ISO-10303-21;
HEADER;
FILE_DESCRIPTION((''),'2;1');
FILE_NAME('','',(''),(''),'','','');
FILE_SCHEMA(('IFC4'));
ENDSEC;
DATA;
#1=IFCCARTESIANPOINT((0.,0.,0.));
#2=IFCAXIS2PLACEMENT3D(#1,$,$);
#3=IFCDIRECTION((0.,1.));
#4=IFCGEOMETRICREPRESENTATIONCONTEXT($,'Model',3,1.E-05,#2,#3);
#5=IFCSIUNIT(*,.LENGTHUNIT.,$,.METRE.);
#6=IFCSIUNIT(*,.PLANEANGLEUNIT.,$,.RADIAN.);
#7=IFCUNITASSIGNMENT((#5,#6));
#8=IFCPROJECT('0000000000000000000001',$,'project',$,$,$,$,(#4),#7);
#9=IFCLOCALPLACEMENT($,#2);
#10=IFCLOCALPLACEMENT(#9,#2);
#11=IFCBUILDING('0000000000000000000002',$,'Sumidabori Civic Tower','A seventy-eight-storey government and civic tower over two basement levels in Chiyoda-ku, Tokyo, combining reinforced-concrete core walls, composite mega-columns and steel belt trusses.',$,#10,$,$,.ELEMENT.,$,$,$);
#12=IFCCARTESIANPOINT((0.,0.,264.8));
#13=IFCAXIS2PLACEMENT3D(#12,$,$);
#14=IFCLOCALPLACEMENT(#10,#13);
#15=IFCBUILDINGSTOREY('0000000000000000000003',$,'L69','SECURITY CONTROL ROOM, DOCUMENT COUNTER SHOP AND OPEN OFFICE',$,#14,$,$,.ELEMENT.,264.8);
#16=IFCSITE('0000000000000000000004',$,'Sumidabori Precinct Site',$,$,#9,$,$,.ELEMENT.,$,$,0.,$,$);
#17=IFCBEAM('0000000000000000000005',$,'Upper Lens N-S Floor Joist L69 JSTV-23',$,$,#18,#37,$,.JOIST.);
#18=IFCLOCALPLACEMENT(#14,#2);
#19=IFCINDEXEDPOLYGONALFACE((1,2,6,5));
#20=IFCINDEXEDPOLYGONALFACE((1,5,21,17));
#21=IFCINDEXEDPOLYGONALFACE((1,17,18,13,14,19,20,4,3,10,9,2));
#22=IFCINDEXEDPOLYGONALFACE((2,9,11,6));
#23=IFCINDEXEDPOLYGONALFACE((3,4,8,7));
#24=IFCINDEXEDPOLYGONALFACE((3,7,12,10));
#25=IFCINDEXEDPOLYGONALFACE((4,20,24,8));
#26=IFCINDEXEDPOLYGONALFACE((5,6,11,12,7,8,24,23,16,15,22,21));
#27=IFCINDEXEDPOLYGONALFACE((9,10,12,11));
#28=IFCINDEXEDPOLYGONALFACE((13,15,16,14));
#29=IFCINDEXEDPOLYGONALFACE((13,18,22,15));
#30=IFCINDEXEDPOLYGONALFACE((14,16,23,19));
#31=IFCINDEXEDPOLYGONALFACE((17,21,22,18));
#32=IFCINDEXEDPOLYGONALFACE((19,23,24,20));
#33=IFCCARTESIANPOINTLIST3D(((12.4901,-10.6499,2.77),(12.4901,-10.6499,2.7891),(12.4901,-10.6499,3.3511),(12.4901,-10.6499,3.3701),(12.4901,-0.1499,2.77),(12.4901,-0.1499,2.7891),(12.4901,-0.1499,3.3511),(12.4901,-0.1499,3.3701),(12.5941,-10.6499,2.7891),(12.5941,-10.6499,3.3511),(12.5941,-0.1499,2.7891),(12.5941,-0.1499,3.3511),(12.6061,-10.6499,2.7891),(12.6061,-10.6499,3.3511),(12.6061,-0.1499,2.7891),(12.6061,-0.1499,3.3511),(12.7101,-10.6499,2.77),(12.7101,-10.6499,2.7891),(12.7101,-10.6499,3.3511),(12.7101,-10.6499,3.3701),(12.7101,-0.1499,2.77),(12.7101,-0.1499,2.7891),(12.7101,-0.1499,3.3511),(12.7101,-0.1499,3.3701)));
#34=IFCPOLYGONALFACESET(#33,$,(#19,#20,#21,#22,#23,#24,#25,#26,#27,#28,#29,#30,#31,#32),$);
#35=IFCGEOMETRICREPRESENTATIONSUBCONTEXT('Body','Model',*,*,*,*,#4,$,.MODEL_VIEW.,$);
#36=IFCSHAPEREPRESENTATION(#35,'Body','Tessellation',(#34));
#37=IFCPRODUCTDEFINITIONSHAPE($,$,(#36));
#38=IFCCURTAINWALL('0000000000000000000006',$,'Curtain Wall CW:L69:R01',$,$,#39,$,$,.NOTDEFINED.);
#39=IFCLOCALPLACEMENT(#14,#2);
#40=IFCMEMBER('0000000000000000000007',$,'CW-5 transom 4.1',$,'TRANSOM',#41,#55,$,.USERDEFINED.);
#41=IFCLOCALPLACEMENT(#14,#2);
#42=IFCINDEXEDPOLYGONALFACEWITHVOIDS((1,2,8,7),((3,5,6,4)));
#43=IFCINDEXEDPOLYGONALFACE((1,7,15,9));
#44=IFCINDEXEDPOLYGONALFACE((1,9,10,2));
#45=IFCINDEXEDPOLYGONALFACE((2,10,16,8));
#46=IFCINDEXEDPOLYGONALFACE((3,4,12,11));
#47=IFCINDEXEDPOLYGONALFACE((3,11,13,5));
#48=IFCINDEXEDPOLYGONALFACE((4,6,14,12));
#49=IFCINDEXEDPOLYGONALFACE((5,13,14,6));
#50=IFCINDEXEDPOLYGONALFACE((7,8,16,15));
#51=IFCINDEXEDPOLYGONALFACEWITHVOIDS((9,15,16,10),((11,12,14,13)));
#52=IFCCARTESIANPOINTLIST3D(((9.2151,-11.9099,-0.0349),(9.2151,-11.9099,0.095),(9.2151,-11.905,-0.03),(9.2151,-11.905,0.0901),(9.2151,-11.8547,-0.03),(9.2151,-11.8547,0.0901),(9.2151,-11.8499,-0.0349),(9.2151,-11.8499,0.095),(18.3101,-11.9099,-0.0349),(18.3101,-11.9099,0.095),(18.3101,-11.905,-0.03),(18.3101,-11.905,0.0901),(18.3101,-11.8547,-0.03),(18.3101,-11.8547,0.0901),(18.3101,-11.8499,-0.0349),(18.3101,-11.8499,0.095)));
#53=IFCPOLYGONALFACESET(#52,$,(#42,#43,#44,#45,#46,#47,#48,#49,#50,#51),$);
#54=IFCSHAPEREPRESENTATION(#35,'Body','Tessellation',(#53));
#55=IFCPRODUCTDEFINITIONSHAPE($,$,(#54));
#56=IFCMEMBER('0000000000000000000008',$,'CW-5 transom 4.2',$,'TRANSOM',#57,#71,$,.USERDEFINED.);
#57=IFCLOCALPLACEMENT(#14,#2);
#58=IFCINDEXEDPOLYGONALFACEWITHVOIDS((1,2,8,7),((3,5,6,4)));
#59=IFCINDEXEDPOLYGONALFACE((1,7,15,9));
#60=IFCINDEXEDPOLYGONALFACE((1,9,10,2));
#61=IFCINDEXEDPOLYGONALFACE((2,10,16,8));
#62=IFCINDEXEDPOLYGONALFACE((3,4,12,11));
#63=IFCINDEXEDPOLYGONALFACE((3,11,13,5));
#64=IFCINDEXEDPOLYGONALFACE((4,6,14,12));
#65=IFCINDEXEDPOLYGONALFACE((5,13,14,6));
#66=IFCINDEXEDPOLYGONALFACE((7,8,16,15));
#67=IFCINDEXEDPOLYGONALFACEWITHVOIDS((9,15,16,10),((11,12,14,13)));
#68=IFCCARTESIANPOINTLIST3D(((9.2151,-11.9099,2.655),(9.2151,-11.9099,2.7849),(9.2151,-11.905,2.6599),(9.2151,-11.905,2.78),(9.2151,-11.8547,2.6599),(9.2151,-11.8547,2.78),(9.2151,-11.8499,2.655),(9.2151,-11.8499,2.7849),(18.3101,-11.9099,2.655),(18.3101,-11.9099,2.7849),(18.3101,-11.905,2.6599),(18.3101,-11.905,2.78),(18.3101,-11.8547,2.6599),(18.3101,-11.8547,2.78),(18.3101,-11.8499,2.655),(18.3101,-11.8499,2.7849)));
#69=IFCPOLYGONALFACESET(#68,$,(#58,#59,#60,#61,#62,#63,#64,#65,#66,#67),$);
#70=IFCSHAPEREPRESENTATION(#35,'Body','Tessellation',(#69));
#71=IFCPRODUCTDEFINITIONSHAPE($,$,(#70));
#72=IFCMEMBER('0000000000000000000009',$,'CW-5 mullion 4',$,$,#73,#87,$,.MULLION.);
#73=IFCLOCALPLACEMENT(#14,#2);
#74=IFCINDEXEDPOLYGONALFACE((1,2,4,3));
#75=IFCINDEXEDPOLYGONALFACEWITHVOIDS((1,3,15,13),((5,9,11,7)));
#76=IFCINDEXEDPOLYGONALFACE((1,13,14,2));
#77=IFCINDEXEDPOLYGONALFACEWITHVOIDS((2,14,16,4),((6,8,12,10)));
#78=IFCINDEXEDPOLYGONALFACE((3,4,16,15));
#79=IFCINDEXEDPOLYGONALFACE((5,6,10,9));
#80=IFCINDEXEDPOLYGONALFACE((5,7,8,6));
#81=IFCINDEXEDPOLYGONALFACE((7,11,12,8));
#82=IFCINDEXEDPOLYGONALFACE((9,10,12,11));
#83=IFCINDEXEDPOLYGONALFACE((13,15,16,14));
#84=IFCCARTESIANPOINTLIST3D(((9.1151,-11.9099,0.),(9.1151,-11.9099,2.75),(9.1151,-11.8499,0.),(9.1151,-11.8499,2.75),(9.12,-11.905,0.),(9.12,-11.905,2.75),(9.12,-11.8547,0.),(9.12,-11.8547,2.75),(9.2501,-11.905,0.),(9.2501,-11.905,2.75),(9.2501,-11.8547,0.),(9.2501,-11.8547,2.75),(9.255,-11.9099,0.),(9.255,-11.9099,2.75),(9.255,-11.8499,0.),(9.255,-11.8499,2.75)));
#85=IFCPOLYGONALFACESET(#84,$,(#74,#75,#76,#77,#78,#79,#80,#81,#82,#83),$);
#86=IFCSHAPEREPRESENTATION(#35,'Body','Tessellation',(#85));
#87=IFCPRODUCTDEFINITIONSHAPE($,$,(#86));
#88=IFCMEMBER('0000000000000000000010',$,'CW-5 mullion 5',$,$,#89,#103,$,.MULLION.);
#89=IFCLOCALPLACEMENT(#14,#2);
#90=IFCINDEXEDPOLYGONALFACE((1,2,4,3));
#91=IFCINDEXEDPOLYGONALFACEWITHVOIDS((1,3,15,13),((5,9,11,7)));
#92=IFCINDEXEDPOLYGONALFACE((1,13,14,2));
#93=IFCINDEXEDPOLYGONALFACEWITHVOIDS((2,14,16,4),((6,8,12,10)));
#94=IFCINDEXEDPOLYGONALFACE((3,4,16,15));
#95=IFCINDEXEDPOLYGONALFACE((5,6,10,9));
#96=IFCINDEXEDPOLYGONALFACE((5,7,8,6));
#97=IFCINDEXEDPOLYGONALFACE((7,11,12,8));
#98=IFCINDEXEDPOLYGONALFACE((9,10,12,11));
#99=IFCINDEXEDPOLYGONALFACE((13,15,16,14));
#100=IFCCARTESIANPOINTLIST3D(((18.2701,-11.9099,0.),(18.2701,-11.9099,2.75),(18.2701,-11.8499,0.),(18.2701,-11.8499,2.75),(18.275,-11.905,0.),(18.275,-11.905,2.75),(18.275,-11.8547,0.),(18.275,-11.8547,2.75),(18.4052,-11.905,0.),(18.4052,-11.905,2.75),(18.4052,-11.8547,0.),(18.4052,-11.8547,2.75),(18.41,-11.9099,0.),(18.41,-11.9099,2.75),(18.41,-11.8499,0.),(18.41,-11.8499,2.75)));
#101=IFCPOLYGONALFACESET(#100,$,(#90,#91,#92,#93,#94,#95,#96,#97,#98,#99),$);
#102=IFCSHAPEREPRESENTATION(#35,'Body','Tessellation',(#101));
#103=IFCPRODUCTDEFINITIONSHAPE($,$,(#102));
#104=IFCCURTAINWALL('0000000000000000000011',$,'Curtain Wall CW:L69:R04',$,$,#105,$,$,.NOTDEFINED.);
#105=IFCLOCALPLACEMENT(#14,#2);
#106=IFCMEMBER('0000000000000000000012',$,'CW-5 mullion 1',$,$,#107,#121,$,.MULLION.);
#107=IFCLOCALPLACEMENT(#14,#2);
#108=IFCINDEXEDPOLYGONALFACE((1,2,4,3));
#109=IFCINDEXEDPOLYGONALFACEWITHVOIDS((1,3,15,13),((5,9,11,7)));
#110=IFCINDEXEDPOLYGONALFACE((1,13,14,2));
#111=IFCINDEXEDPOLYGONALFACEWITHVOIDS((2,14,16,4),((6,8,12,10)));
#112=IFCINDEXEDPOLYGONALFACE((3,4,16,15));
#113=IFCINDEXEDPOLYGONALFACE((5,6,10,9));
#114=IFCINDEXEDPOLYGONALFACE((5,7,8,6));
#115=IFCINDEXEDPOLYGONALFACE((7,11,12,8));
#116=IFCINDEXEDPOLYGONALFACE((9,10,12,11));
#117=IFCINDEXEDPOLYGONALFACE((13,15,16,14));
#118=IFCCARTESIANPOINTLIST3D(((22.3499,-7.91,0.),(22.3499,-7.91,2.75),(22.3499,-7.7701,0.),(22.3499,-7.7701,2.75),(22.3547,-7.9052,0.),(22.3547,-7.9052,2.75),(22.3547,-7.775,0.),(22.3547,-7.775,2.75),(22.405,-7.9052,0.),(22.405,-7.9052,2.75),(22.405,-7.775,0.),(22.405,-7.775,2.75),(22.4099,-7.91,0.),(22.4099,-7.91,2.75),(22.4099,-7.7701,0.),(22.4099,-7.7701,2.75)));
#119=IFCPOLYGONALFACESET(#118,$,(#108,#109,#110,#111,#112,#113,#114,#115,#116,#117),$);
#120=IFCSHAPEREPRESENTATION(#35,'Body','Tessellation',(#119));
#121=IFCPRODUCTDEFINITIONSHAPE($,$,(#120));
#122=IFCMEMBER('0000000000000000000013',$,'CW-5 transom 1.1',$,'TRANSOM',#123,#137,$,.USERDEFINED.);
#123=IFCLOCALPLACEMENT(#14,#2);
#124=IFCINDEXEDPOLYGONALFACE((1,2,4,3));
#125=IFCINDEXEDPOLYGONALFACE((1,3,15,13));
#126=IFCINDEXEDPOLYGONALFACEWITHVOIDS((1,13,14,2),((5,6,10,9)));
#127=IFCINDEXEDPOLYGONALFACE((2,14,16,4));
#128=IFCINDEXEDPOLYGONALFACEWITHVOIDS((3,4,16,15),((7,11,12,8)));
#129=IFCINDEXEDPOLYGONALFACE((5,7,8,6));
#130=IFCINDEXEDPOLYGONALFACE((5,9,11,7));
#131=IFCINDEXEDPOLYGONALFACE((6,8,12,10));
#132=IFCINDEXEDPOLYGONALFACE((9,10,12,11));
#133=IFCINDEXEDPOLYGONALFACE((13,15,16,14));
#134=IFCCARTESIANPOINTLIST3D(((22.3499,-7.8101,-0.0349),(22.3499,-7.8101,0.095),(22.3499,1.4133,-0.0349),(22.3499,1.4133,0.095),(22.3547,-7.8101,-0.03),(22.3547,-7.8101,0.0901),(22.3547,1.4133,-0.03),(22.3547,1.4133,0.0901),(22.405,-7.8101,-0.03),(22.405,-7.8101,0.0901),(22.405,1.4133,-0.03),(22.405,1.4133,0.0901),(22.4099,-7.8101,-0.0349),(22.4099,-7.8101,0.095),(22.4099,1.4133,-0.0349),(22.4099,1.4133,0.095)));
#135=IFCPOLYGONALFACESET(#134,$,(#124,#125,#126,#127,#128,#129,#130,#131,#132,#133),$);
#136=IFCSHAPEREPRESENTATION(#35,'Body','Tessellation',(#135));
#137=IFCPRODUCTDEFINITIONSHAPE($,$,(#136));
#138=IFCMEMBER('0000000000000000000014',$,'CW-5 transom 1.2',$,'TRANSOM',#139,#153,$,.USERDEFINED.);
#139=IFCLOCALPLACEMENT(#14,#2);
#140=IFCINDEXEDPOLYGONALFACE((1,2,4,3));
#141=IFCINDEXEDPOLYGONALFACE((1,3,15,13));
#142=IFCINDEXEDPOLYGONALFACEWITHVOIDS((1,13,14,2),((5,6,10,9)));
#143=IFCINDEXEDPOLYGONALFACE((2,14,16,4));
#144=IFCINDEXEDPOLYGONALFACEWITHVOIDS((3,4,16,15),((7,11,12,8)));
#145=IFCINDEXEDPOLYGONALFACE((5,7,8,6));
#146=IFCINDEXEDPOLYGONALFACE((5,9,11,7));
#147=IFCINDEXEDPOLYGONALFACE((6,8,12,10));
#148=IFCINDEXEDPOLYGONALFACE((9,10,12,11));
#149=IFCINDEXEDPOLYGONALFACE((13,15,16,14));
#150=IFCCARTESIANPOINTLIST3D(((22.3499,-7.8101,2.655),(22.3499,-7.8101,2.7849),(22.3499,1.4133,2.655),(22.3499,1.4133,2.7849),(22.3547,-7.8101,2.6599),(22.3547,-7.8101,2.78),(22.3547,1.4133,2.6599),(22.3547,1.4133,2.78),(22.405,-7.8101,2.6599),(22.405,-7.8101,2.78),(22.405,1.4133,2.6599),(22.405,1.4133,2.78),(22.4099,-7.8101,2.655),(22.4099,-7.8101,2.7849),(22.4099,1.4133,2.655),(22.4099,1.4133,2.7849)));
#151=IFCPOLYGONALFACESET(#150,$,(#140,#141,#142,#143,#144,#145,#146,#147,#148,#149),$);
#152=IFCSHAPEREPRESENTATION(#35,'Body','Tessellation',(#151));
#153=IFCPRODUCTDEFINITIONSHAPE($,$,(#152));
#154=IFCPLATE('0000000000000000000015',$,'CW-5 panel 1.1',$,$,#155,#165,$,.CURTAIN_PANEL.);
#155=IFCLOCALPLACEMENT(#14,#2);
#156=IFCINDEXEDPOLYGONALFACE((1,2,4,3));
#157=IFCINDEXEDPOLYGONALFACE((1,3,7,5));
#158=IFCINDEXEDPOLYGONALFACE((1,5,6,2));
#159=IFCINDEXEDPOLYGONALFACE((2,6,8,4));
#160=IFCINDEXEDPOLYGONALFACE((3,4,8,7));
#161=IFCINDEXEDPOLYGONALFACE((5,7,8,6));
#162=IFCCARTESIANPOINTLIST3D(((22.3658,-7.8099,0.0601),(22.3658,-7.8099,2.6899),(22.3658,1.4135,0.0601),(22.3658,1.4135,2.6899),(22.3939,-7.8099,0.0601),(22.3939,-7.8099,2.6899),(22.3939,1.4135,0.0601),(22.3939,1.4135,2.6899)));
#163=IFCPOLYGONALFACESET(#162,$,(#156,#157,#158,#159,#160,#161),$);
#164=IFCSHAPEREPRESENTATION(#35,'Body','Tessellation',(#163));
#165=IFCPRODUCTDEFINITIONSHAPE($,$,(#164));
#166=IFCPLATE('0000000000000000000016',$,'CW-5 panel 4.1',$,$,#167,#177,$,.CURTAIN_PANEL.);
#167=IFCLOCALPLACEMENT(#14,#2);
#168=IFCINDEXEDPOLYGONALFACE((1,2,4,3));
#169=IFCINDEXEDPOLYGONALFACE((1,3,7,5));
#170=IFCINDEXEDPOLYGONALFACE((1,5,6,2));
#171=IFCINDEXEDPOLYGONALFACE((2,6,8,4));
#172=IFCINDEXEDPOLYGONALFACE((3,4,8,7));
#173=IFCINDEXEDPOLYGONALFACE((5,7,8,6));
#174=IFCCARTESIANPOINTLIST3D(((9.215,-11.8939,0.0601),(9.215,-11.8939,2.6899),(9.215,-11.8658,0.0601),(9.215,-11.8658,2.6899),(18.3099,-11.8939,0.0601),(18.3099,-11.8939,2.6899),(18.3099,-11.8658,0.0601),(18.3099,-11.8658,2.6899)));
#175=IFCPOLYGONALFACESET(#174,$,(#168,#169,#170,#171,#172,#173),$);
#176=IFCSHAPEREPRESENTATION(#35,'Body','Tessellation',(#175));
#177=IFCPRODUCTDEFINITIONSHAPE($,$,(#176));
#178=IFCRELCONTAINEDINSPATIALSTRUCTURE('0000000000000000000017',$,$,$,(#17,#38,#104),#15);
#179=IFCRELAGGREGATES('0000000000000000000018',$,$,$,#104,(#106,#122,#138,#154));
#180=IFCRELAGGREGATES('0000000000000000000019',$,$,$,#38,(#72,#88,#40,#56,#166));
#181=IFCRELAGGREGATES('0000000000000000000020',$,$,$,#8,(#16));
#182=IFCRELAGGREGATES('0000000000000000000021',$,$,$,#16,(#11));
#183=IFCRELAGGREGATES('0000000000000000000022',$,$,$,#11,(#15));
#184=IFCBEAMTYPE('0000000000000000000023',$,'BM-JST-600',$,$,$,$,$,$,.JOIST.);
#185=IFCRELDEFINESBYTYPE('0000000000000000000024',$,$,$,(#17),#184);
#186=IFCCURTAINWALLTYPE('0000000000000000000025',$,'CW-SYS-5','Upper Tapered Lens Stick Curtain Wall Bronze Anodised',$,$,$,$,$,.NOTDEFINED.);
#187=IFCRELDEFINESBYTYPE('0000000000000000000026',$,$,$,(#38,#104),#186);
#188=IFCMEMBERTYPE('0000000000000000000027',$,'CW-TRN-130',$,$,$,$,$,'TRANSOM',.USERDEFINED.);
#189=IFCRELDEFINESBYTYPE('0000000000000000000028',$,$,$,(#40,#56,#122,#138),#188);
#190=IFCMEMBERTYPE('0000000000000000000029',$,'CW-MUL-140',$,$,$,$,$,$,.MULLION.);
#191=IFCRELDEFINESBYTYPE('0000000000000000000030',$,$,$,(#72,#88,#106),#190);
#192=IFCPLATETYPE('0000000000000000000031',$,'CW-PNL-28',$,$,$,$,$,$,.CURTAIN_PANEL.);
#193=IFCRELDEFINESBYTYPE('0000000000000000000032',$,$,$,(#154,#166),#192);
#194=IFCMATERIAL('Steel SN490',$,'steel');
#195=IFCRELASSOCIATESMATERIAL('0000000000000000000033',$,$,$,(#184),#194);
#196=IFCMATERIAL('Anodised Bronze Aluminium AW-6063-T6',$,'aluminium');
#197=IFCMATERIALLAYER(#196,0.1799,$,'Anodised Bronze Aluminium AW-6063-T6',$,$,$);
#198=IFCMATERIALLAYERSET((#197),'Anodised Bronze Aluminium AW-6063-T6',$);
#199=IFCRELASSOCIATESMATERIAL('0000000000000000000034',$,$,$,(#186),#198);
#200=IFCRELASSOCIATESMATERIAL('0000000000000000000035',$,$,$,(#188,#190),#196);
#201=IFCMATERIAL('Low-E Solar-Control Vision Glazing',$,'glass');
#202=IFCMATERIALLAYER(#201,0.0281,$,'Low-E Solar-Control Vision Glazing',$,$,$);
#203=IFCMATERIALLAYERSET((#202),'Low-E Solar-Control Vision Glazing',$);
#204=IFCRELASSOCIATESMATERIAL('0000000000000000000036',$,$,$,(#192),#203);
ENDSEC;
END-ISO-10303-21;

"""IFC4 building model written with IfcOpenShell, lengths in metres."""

from ifc_helpers import new_model, si_unit, direction, frame, origin, origin_2d, place, context, subcontext, project, spatial, rectangle, hollow_rectangle, i_section, extrude, source, transform, mapped, material, layer, layer_set, material_profile, profile_set, type_object, element, aggregate, save


model = new_model("IFC4")

# Units and contexts
model_context = context("Model", 3, precision=1e-05, world=origin(), true_north=direction((0.0, 1.0)))
body_context = subcontext(model_context, "Body", "Model", "MODEL_VIEW")
ifc_project = project(units=[si_unit("LENGTHUNIT", "METRE"), si_unit("PLANEANGLEUNIT", "RADIAN")], contexts=[model_context])

# Site, building, storey
site_placement = place(None, origin())
site = spatial("IfcSite", under=ifc_project, at=site_placement, Name="Sumidabori Precinct Site", CompositionType="ELEMENT", RefElevation=0.0)
building_placement = place(site_placement, origin())
building = spatial("IfcBuilding", under=site, at=building_placement, Name="Sumidabori Civic Tower", Description="A seventy-eight-storey government and civic tower over two basement levels in Chiyoda-ku, Tokyo, combining reinforced-concrete core walls, composite mega-columns and steel belt trusses.", CompositionType="ELEMENT")
storey_placement = place(building_placement, frame((0.0, 0.0, 264.8)))
storey = spatial("IfcBuildingStorey", under=building, at=storey_placement, Name="L69", Description="SECURITY CONTROL ROOM, DOCUMENT COUNTER SHOP AND OPEN OFFICE", CompositionType="ELEMENT", Elevation=264.8)

# Beam
ifc_material_1 = material(Name="Steel SN490", Category="steel")
ifc_material_profile_1 = material_profile(ifc_material_1, i_section(OverallWidth=0.22, OverallDepth=0.6001, WebThickness=0.012, FlangeThickness=0.019, at=origin_2d()), Name="IPE 600")
ifc_profile_set_1 = profile_set([ifc_material_profile_1], Name="Steel SN490")
beam_type_1 = type_object("IfcBeamType", Name="BM-JST-600", PredefinedType="JOIST", material=ifc_profile_set_1)
shared_shape_1 = source(origin(), body_context, "Body", "SweptSolid", [
    extrude(i_section(OverallWidth=0.22, OverallDepth=0.6001, WebThickness=0.012, FlangeThickness=0.019, at=origin_2d()), origin(), (0.0, 0.0, 1.0), 10.5),
])
beam_1_placement = place(storey_placement, frame((12.6001, -10.6499, 3.0701), z_axis=(0.0, 1.0, 0.0), x_axis=(-1.0, 0.0, 0.0)))
element("IfcBeam", 1, at=beam_1_placement, inside=storey, type_object=beam_type_1, Name="Upper Lens N-S Floor Joist L69 JSTV-23", PredefinedType="JOIST", context=body_context, shape_type="MappedRepresentation", body=[
    mapped(shared_shape_1, transform((0.0, 0.0, 0.0), x_axis=(1.0, 0.0, 0.0), y_axis=(0.0, 1.0, 0.0), z_axis=(0.0, 0.0, 1.0), scale=1.0)),
])

# Curtain wall, members
ifc_material_2 = material(Name="Anodised Bronze Aluminium AW-6063-T6", Category="aluminium")
ifc_layer_1 = layer(ifc_material_2, 0.1799, Name="Anodised Bronze Aluminium AW-6063-T6")
ifc_layer_set_1 = layer_set([ifc_layer_1], Name="Anodised Bronze Aluminium AW-6063-T6")
curtain_wall_type = type_object("IfcCurtainWallType", Name="CW-SYS-5", Description="Upper Tapered Lens Stick Curtain Wall Bronze Anodised", PredefinedType="NOTDEFINED", material=ifc_layer_set_1)
curtain_wall_1_placement = place(storey_placement, origin())
curtain_wall_1 = element("IfcCurtainWall", 2, at=curtain_wall_1_placement, inside=storey, type_object=curtain_wall_type, Name="Curtain Wall CW:L69:R01", PredefinedType="NOTDEFINED")
ifc_material_profile_2 = material_profile(ifc_material_2, hollow_rectangle(XDim=0.0601, YDim=0.1299, WallThickness=0.0049, at=origin_2d()), Name="ALU TRANSOM 130x60")
ifc_profile_set_2 = profile_set([ifc_material_profile_2], Name="Anodised Bronze Aluminium AW-6063-T6")
member_type_1 = type_object("IfcMemberType", Name="CW-TRN-130", ElementType="TRANSOM", PredefinedType="USERDEFINED", material=ifc_profile_set_2)
shared_shape_2 = source(origin(), body_context, "Body", "SweptSolid", [
    extrude(hollow_rectangle(XDim=0.0601, YDim=0.1299, WallThickness=0.0049, at=origin_2d()), origin(), (0.0, 0.0, 1.0), 9.095),
])
member_1_placement = place(storey_placement, frame((9.2151, -11.8799, 0.03), z_axis=(1.0, 0.0, 0.0), x_axis=(0.0, 1.0, 0.0)))
member_1 = element("IfcMember", 3, at=member_1_placement, type_object=member_type_1, Name="CW-5 transom 4.1", ObjectType="TRANSOM", PredefinedType="USERDEFINED", context=body_context, shape_type="MappedRepresentation", body=[
    mapped(shared_shape_2, transform((0.0, 0.0, 0.0), x_axis=(1.0, 0.0, 0.0), y_axis=(0.0, 1.0, 0.0), z_axis=(0.0, 0.0, 1.0), scale=1.0)),
])
member_2_placement = place(storey_placement, frame((9.2151, -11.8799, 2.72), z_axis=(1.0, 0.0, 0.0), x_axis=(0.0, 1.0, 0.0)))
member_2 = element("IfcMember", 4, at=member_2_placement, type_object=member_type_1, Name="CW-5 transom 4.2", ObjectType="TRANSOM", PredefinedType="USERDEFINED", context=body_context, shape_type="MappedRepresentation", body=[
    mapped(shared_shape_2, transform((0.0, 0.0, 0.0), x_axis=(1.0, 0.0, 0.0), y_axis=(0.0, 1.0, 0.0), z_axis=(0.0, 0.0, 1.0), scale=1.0)),
])
ifc_material_profile_3 = material_profile(ifc_material_2, hollow_rectangle(XDim=0.0601, YDim=0.1399, WallThickness=0.0049, at=origin_2d()), Name="ALU MULLION 140x60")
ifc_profile_set_3 = profile_set([ifc_material_profile_3], Name="Anodised Bronze Aluminium AW-6063-T6")
member_type_2 = type_object("IfcMemberType", Name="CW-MUL-140", PredefinedType="MULLION", material=ifc_profile_set_3)
shared_shape_3 = source(origin(), body_context, "Body", "SweptSolid", [
    extrude(hollow_rectangle(XDim=0.0601, YDim=0.1399, WallThickness=0.0049, at=origin_2d()), origin(), (0.0, 0.0, 1.0), 2.75),
])
member_3_placement = place(storey_placement, frame((9.1851, -11.8799, 0.0), z_axis=(0.0, 0.0, 1.0), x_axis=(0.0, 1.0, 0.0)))
member_3 = element("IfcMember", 5, at=member_3_placement, type_object=member_type_2, Name="CW-5 mullion 4", PredefinedType="MULLION", context=body_context, shape_type="MappedRepresentation", body=[
    mapped(shared_shape_3, transform((0.0, 0.0, 0.0), x_axis=(1.0, 0.0, 0.0), y_axis=(0.0, 1.0, 0.0), z_axis=(0.0, 0.0, 1.0), scale=1.0)),
])
member_4_placement = place(storey_placement, frame((18.3401, -11.8799, 0.0), z_axis=(0.0, 0.0, 1.0), x_axis=(0.0, 1.0, 0.0)))
member_4 = element("IfcMember", 6, at=member_4_placement, type_object=member_type_2, Name="CW-5 mullion 5", PredefinedType="MULLION", context=body_context, shape_type="MappedRepresentation", body=[
    mapped(shared_shape_3, transform((0.0, 0.0, 0.0), x_axis=(1.0, 0.0, 0.0), y_axis=(0.0, 1.0, 0.0), z_axis=(0.0, 0.0, 1.0), scale=1.0)),
])

# Curtain wall, members, plate
curtain_wall_2_placement = place(storey_placement, origin())
curtain_wall_2 = element("IfcCurtainWall", 7, at=curtain_wall_2_placement, inside=storey, type_object=curtain_wall_type, Name="Curtain Wall CW:L69:R04", PredefinedType="NOTDEFINED")
member_5_placement = place(storey_placement, frame((22.3799, -7.8401, 0.0), z_axis=(0.0, 0.0, 1.0), x_axis=(-1.0, 0.0, 0.0)))
member_5 = element("IfcMember", 8, at=member_5_placement, type_object=member_type_2, Name="CW-5 mullion 1", PredefinedType="MULLION", context=body_context, shape_type="MappedRepresentation", body=[
    mapped(shared_shape_3, transform((0.0, 0.0, 0.0), x_axis=(1.0, 0.0, 0.0), y_axis=(0.0, 1.0, 0.0), z_axis=(0.0, 0.0, 1.0), scale=1.0)),
])
shared_shape_4 = source(origin(), body_context, "Body", "SweptSolid", [
    extrude(hollow_rectangle(XDim=0.0601, YDim=0.1299, WallThickness=0.0049, at=origin_2d()), origin(), (0.0, 0.0, 1.0), 9.2234),
])
member_6_placement = place(storey_placement, frame((22.3799, -7.8101, 0.03), z_axis=(0.0, 1.0, 0.0), x_axis=(-1.0, 0.0, 0.0)))
member_6 = element("IfcMember", 9, at=member_6_placement, type_object=member_type_1, Name="CW-5 transom 1.1", ObjectType="TRANSOM", PredefinedType="USERDEFINED", context=body_context, shape_type="MappedRepresentation", body=[
    mapped(shared_shape_4, transform((0.0, 0.0, 0.0), x_axis=(1.0, 0.0, 0.0), y_axis=(0.0, 1.0, 0.0), z_axis=(0.0, 0.0, 1.0), scale=1.0)),
])
member_7_placement = place(storey_placement, frame((22.3799, -7.8101, 2.72), z_axis=(0.0, 1.0, 0.0), x_axis=(-1.0, 0.0, 0.0)))
member_7 = element("IfcMember", 10, at=member_7_placement, type_object=member_type_1, Name="CW-5 transom 1.2", ObjectType="TRANSOM", PredefinedType="USERDEFINED", context=body_context, shape_type="MappedRepresentation", body=[
    mapped(shared_shape_4, transform((0.0, 0.0, 0.0), x_axis=(1.0, 0.0, 0.0), y_axis=(0.0, 1.0, 0.0), z_axis=(0.0, 0.0, 1.0), scale=1.0)),
])
ifc_material_3 = material(Name="Low-E Solar-Control Vision Glazing", Category="glass")
ifc_layer_2 = layer(ifc_material_3, 0.0281, Name="Low-E Solar-Control Vision Glazing")
ifc_layer_set_2 = layer_set([ifc_layer_2], Name="Low-E Solar-Control Vision Glazing")
plate_type = type_object("IfcPlateType", Name="CW-PNL-28", PredefinedType="CURTAIN_PANEL", material=ifc_layer_set_2)
shared_shape_5 = source(origin(), body_context, "Body", "SweptSolid", [
    extrude(rectangle(XDim=9.2234, YDim=0.0281, at=origin_2d()), origin(), (0.0, 0.0, 1.0), 2.6299),
])
plate_1_placement = place(storey_placement, frame((22.3799, -3.1982, 0.0601), z_axis=(0.0, 0.0, 1.0), x_axis=(0.0, 1.0, 0.0)))
plate_1 = element("IfcPlate", 11, at=plate_1_placement, type_object=plate_type, Name="CW-5 panel 1.1", PredefinedType="CURTAIN_PANEL", context=body_context, shape_type="MappedRepresentation", body=[
    mapped(shared_shape_5, transform((0.0, 0.0, 0.0), x_axis=(1.0, 0.0, 0.0), y_axis=(0.0, 1.0, 0.0), z_axis=(0.0, 0.0, 1.0), scale=1.0)),
])
aggregate(curtain_wall_2, [member_5, member_6, member_7, plate_1])

# Plate
shared_shape_6 = source(origin(), body_context, "Body", "SweptSolid", [
    extrude(rectangle(XDim=9.095, YDim=0.0281, at=origin_2d()), origin(), (0.0, 0.0, 1.0), 2.6299),
])
plate_2_placement = place(storey_placement, frame((13.7625, -11.8799, 0.0601), z_axis=(0.0, 0.0, 1.0), x_axis=(1.0, 0.0, 0.0)))
plate_2 = element("IfcPlate", 12, at=plate_2_placement, type_object=plate_type, Name="CW-5 panel 4.1", PredefinedType="CURTAIN_PANEL", context=body_context, shape_type="MappedRepresentation", body=[
    mapped(shared_shape_6, transform((0.0, 0.0, 0.0), x_axis=(1.0, 0.0, 0.0), y_axis=(0.0, 1.0, 0.0), z_axis=(0.0, 0.0, 1.0), scale=1.0)),
])
aggregate(curtain_wall_1, [member_3, member_4, member_1, member_2, plate_2])

save(model, "model.ifc")
